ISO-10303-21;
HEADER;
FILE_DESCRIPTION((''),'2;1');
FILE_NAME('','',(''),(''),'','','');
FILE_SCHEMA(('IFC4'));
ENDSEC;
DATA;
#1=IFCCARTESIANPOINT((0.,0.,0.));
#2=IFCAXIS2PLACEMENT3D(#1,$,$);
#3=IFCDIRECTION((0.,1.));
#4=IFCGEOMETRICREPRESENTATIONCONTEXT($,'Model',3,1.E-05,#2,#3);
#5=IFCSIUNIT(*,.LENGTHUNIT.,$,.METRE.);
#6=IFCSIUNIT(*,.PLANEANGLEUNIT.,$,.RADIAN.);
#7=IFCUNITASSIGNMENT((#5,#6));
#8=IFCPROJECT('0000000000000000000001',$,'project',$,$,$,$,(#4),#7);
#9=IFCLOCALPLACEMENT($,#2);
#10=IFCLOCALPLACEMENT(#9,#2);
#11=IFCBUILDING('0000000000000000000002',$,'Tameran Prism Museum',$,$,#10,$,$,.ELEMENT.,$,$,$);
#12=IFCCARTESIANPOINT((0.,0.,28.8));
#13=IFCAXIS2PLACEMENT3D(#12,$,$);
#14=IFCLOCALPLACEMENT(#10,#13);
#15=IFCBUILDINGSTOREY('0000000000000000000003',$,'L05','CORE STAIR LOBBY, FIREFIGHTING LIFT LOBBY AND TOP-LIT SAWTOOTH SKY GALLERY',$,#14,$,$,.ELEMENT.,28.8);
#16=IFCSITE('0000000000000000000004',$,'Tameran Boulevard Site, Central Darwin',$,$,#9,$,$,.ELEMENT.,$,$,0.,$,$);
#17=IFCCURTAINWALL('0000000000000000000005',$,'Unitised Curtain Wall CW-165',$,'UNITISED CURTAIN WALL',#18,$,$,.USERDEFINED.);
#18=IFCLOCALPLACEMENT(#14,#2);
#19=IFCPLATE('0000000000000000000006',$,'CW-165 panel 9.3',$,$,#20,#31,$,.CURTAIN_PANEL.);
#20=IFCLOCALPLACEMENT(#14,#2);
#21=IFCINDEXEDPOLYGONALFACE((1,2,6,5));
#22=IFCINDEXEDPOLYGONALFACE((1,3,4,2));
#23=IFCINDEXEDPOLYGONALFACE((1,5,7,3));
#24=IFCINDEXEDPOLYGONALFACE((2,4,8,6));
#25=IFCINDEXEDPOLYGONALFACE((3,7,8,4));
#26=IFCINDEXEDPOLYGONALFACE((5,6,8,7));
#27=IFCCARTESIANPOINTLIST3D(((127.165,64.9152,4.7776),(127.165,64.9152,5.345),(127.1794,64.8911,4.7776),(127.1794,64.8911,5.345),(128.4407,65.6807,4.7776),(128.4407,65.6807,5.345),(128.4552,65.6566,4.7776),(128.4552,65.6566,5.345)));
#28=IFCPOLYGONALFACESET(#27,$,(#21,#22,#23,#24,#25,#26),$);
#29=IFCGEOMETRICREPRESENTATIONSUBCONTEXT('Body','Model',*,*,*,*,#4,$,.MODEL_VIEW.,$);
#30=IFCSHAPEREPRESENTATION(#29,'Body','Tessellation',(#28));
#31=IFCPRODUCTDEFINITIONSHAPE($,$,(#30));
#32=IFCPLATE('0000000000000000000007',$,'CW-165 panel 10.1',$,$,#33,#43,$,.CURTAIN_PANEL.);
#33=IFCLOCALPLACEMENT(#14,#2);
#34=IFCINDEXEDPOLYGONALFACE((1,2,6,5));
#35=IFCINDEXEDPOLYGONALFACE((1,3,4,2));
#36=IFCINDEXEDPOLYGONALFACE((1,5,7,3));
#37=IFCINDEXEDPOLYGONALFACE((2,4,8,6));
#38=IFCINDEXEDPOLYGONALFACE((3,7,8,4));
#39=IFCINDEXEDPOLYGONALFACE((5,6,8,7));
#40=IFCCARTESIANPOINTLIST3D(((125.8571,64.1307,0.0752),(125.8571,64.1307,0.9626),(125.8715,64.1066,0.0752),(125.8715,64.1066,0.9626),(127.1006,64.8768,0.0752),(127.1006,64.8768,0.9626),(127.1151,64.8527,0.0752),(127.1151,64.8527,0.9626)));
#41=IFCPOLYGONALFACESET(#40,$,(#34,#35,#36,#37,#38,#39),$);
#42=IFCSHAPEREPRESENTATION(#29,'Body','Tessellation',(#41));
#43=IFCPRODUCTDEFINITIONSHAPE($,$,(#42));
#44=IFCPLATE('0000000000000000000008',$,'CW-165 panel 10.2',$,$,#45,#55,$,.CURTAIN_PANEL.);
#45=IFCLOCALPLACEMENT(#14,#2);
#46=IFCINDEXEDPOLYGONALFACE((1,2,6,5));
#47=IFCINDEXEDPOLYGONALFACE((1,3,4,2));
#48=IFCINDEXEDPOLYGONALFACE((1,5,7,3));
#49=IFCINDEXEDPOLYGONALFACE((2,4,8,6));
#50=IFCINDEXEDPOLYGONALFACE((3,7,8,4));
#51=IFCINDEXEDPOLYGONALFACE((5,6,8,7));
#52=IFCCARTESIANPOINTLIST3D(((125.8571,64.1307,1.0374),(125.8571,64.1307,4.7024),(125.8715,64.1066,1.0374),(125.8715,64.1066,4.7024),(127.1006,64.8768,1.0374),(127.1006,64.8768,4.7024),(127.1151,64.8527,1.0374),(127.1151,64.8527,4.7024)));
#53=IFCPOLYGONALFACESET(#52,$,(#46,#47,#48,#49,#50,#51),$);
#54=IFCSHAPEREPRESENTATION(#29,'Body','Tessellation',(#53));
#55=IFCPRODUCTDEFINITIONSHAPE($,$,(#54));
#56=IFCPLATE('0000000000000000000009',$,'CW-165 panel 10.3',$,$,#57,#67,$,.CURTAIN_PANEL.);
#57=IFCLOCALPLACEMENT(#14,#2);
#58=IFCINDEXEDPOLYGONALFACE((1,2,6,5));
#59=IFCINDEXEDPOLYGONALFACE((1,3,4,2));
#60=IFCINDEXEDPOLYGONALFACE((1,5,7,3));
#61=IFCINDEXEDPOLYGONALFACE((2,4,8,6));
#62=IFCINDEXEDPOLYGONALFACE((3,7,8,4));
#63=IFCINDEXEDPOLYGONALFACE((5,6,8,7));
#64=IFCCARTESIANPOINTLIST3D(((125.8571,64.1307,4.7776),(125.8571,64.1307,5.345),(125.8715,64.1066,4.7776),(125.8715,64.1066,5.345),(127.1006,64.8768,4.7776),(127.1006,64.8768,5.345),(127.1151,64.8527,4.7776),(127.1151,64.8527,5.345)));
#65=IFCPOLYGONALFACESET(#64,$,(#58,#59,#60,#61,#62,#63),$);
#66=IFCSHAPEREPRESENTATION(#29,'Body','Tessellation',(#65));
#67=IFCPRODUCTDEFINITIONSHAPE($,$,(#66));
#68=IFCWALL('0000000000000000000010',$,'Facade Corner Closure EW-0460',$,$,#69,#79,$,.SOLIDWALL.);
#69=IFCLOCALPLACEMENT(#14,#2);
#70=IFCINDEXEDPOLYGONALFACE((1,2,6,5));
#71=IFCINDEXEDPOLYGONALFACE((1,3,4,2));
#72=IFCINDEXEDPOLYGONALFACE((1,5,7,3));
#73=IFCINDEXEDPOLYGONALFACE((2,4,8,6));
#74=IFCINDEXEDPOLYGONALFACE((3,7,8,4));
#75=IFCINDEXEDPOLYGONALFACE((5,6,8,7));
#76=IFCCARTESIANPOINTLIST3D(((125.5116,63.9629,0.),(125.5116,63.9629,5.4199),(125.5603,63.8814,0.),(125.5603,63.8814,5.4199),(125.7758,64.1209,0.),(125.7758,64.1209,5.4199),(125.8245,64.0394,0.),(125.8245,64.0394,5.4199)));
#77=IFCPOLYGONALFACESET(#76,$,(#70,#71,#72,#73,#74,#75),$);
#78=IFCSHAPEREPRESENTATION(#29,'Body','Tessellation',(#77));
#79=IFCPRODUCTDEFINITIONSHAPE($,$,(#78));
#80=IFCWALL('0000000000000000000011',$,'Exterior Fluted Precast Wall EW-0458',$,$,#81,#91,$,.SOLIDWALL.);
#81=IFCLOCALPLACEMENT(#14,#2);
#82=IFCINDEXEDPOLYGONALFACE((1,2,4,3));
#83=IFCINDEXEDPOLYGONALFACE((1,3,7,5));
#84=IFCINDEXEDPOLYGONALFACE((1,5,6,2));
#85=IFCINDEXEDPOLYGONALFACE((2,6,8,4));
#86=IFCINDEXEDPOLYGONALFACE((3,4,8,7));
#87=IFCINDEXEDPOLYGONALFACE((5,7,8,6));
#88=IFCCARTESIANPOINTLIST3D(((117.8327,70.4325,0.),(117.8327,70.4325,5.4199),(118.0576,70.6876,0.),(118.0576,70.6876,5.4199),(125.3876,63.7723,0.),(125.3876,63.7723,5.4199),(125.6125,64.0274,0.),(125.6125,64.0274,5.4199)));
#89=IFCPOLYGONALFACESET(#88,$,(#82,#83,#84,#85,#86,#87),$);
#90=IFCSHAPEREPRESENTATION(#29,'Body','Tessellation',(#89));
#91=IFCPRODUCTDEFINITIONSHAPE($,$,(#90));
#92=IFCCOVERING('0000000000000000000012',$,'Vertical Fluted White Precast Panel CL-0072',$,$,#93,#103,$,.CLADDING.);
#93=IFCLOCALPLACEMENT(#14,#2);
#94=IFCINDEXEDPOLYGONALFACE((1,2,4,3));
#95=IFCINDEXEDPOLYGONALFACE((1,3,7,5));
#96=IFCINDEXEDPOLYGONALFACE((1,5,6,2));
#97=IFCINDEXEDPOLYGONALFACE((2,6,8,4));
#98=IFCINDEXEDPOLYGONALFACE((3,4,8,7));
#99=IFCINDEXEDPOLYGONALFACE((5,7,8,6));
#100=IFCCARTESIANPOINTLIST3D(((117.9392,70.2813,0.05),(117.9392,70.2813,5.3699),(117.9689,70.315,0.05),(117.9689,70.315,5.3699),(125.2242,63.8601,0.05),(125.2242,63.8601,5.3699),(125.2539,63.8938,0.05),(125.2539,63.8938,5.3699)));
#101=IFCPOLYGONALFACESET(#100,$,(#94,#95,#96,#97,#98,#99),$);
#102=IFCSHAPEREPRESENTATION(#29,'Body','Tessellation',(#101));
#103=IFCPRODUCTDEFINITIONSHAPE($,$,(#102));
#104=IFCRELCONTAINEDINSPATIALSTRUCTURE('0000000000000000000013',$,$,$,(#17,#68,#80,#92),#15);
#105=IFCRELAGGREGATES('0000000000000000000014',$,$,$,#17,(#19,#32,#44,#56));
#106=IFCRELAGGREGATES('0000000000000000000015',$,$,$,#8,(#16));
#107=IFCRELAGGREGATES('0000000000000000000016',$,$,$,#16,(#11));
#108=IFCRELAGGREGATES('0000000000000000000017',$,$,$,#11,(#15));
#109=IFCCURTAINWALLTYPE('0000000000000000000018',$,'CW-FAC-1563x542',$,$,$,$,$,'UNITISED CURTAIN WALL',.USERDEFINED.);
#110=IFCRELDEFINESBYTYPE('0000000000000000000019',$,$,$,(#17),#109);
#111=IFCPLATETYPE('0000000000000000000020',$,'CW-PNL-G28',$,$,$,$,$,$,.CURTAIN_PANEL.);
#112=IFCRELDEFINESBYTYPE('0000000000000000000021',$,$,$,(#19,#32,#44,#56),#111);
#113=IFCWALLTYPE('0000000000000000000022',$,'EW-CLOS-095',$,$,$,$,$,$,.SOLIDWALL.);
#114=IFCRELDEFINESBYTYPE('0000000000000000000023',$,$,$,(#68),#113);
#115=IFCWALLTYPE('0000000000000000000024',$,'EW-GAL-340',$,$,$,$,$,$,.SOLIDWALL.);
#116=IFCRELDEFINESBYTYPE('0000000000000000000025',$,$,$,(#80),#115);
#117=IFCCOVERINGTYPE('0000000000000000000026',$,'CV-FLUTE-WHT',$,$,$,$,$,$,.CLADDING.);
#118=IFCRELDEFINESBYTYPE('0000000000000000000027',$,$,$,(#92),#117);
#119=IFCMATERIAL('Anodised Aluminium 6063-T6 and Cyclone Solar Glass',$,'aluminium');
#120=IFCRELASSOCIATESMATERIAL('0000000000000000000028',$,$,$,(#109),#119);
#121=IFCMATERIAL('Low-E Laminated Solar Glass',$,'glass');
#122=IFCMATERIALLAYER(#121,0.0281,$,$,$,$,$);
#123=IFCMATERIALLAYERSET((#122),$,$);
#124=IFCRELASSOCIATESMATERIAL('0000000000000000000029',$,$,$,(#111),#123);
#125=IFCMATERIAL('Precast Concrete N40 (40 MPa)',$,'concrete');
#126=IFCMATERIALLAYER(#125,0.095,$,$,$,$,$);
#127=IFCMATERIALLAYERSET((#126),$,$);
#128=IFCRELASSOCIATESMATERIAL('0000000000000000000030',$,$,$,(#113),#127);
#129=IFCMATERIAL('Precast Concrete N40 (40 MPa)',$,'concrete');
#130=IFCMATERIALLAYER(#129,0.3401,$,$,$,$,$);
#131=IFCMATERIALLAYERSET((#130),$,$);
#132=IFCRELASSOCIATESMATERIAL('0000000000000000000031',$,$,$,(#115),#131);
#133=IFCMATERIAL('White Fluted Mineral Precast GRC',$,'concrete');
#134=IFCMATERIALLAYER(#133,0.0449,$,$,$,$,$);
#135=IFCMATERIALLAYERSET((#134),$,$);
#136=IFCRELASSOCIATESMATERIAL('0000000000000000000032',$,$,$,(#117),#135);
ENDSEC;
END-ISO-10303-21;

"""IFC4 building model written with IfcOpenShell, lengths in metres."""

from ifc_helpers import new_model, si_unit, direction, frame, frame_2d, origin, origin_2d, place, context, subcontext, project, spatial, rectangle, extrude, material, layer, layer_set, type_object, element, aggregate, save


model = new_model("IFC4")

# Units and contexts
model_context = context("Model", 3, precision=1e-05, world=origin(), true_north=direction((0.0, 1.0)))
body_context = subcontext(model_context, "Body", "Model", "MODEL_VIEW")
ifc_project = project(units=[si_unit("LENGTHUNIT", "METRE"), si_unit("PLANEANGLEUNIT", "RADIAN")], contexts=[model_context])

# Site, building, storey
site_placement = place(None, origin())
site = spatial("IfcSite", under=ifc_project, at=site_placement, Name="Tameran Boulevard Site, Central Darwin", CompositionType="ELEMENT", RefElevation=0.0)
building_placement = place(site_placement, origin())
building = spatial("IfcBuilding", under=site, at=building_placement, Name="Tameran Prism Museum", CompositionType="ELEMENT")
storey_placement = place(building_placement, frame((0.0, 0.0, 28.8)))
storey = spatial("IfcBuildingStorey", under=building, at=storey_placement, Name="L05", Description="CORE STAIR LOBBY, FIREFIGHTING LIFT LOBBY AND TOP-LIT SAWTOOTH SKY GALLERY", CompositionType="ELEMENT", Elevation=28.8)

# Curtain wall, plates
ifc_material_1 = material(Name="Anodised Aluminium 6063-T6 and Cyclone Solar Glass", Category="aluminium")
curtain_wall_type = type_object("IfcCurtainWallType", Name="CW-FAC-1563x542", ElementType="UNITISED CURTAIN WALL", PredefinedType="USERDEFINED", material=ifc_material_1)
curtain_wall_placement = place(storey_placement, origin())
curtain_wall = element("IfcCurtainWall", 1, at=curtain_wall_placement, inside=storey, type_object=curtain_wall_type, Name="Unitised Curtain Wall CW-165", ObjectType="UNITISED CURTAIN WALL", PredefinedType="USERDEFINED")
ifc_material_2 = material(Name="Low-E Laminated Solar Glass", Category="glass")
ifc_layer_1 = layer(ifc_material_2, 0.0281)
ifc_layer_set_1 = layer_set([ifc_layer_1])
plate_type = type_object("IfcPlateType", Name="CW-PNL-G28", PredefinedType="CURTAIN_PANEL", material=ifc_layer_set_1)
plate_1_placement = place(storey_placement, frame((127.8101, 65.2859, 4.7776), z_axis=(0.0, 0.0, 1.0), x_axis=(-0.857493, -0.514496, 0.0)))
plate_1 = element("IfcPlate", 2, at=plate_1_placement, type_object=plate_type, Name="CW-165 panel 9.3", PredefinedType="CURTAIN_PANEL", context=body_context, shape_type="SweptSolid", body=[
    extrude(rectangle(XDim=1.4878, YDim=0.0281, at=origin_2d()), origin(), (0.0, 0.0, 1.0), 0.5674),
])
plate_2_placement = place(storey_placement, frame((126.4861, 64.4917, 0.0752), z_axis=(0.0, 0.0, 1.0), x_axis=(-0.857493, -0.514496, 0.0)))
plate_2 = element("IfcPlate", 3, at=plate_2_placement, type_object=plate_type, Name="CW-165 panel 10.1", PredefinedType="CURTAIN_PANEL", context=body_context, shape_type="SweptSolid", body=[
    extrude(rectangle(XDim=1.4502, YDim=0.0281, at=origin_2d()), origin(), (0.0, 0.0, 1.0), 0.8875),
])
plate_3_placement = place(storey_placement, frame((126.4861, 64.4917, 1.0374), z_axis=(0.0, 0.0, 1.0), x_axis=(-0.857493, -0.514496, 0.0)))
plate_3 = element("IfcPlate", 4, at=plate_3_placement, type_object=plate_type, Name="CW-165 panel 10.2", PredefinedType="CURTAIN_PANEL", context=body_context, shape_type="SweptSolid", body=[
    extrude(rectangle(XDim=1.4502, YDim=0.0281, at=origin_2d()), origin(), (0.0, 0.0, 1.0), 3.665),
])
plate_4_placement = place(storey_placement, frame((126.4861, 64.4917, 4.7776), z_axis=(0.0, 0.0, 1.0), x_axis=(-0.857493, -0.514496, 0.0)))
plate_4 = element("IfcPlate", 5, at=plate_4_placement, type_object=plate_type, Name="CW-165 panel 10.3", PredefinedType="CURTAIN_PANEL", context=body_context, shape_type="SweptSolid", body=[
    extrude(rectangle(XDim=1.4502, YDim=0.0281, at=origin_2d()), origin(), (0.0, 0.0, 1.0), 0.5674),
])
aggregate(curtain_wall, [plate_1, plate_2, plate_3, plate_4])

# Walls
ifc_material_3 = material(Name="Precast Concrete N40 (40 MPa)", Category="concrete")
ifc_layer_2 = layer(ifc_material_3, 0.095)
ifc_layer_set_2 = layer_set([ifc_layer_2])
wall_type_1 = type_object("IfcWallType", Name="EW-CLOS-095", PredefinedType="SOLIDWALL", material=ifc_layer_set_2)
wall_1_placement = place(storey_placement, frame((125.8, 64.0801, 0.0), z_axis=(0.0, 0.0, 1.0), x_axis=(-0.858262, -0.513212, 0.0)))
element("IfcWall", 6, at=wall_1_placement, inside=storey, type_object=wall_type_1, Name="Facade Corner Closure EW-0460", PredefinedType="SOLIDWALL", context=body_context, shape_type="SweptSolid", body=[
    extrude(rectangle(XDim=0.3079, YDim=0.095, at=frame_2d((0.1538, 0.0))), origin(), (0.0, 0.0, 1.0), 5.4199),
])
ifc_material_4 = material(Name="Precast Concrete N40 (40 MPa)", Category="concrete")
ifc_layer_3 = layer(ifc_material_4, 0.3401)
ifc_layer_set_3 = layer_set([ifc_layer_3])
wall_type_2 = type_object("IfcWallType", Name="EW-GAL-340", PredefinedType="SOLIDWALL", material=ifc_layer_set_3)
wall_2_placement = place(storey_placement, frame((125.5, 63.8999, 0.0), z_axis=(0.0, 0.0, 1.0), x_axis=(-0.750131, 0.661289, 0.0)))
element("IfcWall", 7, at=wall_2_placement, inside=storey, type_object=wall_type_2, Name="Exterior Fluted Precast Wall EW-0458", PredefinedType="SOLIDWALL", context=body_context, shape_type="SweptSolid", body=[
    extrude(rectangle(XDim=10.0715, YDim=0.3401, at=frame_2d((5.0356, 0.0))), origin(), (0.0, 0.0, 1.0), 5.4199),
])

# Covering
ifc_material_5 = material(Name="White Fluted Mineral Precast GRC", Category="concrete")
ifc_layer_4 = layer(ifc_material_5, 0.0449)
ifc_layer_set_4 = layer_set([ifc_layer_4])
covering_type = type_object("IfcCoveringType", Name="CV-FLUTE-WHT", PredefinedType="CLADDING", material=ifc_layer_set_4)
covering_placement = place(storey_placement, frame((125.239, 63.877, 0.05), z_axis=(0.0, 0.0, 1.0), x_axis=(-0.750181, 0.661232, 0.0)))
element("IfcCovering", 8, at=covering_placement, inside=storey, type_object=covering_type, Name="Vertical Fluted White Precast Panel CL-0072", PredefinedType="CLADDING", context=body_context, shape_type="SweptSolid", body=[
    extrude(rectangle(XDim=9.7109, YDim=0.0449, at=frame_2d((4.8555, 0.0))), origin(), (0.0, 0.0, 1.0), 5.3198),
])

save(model, "model.ifc")
